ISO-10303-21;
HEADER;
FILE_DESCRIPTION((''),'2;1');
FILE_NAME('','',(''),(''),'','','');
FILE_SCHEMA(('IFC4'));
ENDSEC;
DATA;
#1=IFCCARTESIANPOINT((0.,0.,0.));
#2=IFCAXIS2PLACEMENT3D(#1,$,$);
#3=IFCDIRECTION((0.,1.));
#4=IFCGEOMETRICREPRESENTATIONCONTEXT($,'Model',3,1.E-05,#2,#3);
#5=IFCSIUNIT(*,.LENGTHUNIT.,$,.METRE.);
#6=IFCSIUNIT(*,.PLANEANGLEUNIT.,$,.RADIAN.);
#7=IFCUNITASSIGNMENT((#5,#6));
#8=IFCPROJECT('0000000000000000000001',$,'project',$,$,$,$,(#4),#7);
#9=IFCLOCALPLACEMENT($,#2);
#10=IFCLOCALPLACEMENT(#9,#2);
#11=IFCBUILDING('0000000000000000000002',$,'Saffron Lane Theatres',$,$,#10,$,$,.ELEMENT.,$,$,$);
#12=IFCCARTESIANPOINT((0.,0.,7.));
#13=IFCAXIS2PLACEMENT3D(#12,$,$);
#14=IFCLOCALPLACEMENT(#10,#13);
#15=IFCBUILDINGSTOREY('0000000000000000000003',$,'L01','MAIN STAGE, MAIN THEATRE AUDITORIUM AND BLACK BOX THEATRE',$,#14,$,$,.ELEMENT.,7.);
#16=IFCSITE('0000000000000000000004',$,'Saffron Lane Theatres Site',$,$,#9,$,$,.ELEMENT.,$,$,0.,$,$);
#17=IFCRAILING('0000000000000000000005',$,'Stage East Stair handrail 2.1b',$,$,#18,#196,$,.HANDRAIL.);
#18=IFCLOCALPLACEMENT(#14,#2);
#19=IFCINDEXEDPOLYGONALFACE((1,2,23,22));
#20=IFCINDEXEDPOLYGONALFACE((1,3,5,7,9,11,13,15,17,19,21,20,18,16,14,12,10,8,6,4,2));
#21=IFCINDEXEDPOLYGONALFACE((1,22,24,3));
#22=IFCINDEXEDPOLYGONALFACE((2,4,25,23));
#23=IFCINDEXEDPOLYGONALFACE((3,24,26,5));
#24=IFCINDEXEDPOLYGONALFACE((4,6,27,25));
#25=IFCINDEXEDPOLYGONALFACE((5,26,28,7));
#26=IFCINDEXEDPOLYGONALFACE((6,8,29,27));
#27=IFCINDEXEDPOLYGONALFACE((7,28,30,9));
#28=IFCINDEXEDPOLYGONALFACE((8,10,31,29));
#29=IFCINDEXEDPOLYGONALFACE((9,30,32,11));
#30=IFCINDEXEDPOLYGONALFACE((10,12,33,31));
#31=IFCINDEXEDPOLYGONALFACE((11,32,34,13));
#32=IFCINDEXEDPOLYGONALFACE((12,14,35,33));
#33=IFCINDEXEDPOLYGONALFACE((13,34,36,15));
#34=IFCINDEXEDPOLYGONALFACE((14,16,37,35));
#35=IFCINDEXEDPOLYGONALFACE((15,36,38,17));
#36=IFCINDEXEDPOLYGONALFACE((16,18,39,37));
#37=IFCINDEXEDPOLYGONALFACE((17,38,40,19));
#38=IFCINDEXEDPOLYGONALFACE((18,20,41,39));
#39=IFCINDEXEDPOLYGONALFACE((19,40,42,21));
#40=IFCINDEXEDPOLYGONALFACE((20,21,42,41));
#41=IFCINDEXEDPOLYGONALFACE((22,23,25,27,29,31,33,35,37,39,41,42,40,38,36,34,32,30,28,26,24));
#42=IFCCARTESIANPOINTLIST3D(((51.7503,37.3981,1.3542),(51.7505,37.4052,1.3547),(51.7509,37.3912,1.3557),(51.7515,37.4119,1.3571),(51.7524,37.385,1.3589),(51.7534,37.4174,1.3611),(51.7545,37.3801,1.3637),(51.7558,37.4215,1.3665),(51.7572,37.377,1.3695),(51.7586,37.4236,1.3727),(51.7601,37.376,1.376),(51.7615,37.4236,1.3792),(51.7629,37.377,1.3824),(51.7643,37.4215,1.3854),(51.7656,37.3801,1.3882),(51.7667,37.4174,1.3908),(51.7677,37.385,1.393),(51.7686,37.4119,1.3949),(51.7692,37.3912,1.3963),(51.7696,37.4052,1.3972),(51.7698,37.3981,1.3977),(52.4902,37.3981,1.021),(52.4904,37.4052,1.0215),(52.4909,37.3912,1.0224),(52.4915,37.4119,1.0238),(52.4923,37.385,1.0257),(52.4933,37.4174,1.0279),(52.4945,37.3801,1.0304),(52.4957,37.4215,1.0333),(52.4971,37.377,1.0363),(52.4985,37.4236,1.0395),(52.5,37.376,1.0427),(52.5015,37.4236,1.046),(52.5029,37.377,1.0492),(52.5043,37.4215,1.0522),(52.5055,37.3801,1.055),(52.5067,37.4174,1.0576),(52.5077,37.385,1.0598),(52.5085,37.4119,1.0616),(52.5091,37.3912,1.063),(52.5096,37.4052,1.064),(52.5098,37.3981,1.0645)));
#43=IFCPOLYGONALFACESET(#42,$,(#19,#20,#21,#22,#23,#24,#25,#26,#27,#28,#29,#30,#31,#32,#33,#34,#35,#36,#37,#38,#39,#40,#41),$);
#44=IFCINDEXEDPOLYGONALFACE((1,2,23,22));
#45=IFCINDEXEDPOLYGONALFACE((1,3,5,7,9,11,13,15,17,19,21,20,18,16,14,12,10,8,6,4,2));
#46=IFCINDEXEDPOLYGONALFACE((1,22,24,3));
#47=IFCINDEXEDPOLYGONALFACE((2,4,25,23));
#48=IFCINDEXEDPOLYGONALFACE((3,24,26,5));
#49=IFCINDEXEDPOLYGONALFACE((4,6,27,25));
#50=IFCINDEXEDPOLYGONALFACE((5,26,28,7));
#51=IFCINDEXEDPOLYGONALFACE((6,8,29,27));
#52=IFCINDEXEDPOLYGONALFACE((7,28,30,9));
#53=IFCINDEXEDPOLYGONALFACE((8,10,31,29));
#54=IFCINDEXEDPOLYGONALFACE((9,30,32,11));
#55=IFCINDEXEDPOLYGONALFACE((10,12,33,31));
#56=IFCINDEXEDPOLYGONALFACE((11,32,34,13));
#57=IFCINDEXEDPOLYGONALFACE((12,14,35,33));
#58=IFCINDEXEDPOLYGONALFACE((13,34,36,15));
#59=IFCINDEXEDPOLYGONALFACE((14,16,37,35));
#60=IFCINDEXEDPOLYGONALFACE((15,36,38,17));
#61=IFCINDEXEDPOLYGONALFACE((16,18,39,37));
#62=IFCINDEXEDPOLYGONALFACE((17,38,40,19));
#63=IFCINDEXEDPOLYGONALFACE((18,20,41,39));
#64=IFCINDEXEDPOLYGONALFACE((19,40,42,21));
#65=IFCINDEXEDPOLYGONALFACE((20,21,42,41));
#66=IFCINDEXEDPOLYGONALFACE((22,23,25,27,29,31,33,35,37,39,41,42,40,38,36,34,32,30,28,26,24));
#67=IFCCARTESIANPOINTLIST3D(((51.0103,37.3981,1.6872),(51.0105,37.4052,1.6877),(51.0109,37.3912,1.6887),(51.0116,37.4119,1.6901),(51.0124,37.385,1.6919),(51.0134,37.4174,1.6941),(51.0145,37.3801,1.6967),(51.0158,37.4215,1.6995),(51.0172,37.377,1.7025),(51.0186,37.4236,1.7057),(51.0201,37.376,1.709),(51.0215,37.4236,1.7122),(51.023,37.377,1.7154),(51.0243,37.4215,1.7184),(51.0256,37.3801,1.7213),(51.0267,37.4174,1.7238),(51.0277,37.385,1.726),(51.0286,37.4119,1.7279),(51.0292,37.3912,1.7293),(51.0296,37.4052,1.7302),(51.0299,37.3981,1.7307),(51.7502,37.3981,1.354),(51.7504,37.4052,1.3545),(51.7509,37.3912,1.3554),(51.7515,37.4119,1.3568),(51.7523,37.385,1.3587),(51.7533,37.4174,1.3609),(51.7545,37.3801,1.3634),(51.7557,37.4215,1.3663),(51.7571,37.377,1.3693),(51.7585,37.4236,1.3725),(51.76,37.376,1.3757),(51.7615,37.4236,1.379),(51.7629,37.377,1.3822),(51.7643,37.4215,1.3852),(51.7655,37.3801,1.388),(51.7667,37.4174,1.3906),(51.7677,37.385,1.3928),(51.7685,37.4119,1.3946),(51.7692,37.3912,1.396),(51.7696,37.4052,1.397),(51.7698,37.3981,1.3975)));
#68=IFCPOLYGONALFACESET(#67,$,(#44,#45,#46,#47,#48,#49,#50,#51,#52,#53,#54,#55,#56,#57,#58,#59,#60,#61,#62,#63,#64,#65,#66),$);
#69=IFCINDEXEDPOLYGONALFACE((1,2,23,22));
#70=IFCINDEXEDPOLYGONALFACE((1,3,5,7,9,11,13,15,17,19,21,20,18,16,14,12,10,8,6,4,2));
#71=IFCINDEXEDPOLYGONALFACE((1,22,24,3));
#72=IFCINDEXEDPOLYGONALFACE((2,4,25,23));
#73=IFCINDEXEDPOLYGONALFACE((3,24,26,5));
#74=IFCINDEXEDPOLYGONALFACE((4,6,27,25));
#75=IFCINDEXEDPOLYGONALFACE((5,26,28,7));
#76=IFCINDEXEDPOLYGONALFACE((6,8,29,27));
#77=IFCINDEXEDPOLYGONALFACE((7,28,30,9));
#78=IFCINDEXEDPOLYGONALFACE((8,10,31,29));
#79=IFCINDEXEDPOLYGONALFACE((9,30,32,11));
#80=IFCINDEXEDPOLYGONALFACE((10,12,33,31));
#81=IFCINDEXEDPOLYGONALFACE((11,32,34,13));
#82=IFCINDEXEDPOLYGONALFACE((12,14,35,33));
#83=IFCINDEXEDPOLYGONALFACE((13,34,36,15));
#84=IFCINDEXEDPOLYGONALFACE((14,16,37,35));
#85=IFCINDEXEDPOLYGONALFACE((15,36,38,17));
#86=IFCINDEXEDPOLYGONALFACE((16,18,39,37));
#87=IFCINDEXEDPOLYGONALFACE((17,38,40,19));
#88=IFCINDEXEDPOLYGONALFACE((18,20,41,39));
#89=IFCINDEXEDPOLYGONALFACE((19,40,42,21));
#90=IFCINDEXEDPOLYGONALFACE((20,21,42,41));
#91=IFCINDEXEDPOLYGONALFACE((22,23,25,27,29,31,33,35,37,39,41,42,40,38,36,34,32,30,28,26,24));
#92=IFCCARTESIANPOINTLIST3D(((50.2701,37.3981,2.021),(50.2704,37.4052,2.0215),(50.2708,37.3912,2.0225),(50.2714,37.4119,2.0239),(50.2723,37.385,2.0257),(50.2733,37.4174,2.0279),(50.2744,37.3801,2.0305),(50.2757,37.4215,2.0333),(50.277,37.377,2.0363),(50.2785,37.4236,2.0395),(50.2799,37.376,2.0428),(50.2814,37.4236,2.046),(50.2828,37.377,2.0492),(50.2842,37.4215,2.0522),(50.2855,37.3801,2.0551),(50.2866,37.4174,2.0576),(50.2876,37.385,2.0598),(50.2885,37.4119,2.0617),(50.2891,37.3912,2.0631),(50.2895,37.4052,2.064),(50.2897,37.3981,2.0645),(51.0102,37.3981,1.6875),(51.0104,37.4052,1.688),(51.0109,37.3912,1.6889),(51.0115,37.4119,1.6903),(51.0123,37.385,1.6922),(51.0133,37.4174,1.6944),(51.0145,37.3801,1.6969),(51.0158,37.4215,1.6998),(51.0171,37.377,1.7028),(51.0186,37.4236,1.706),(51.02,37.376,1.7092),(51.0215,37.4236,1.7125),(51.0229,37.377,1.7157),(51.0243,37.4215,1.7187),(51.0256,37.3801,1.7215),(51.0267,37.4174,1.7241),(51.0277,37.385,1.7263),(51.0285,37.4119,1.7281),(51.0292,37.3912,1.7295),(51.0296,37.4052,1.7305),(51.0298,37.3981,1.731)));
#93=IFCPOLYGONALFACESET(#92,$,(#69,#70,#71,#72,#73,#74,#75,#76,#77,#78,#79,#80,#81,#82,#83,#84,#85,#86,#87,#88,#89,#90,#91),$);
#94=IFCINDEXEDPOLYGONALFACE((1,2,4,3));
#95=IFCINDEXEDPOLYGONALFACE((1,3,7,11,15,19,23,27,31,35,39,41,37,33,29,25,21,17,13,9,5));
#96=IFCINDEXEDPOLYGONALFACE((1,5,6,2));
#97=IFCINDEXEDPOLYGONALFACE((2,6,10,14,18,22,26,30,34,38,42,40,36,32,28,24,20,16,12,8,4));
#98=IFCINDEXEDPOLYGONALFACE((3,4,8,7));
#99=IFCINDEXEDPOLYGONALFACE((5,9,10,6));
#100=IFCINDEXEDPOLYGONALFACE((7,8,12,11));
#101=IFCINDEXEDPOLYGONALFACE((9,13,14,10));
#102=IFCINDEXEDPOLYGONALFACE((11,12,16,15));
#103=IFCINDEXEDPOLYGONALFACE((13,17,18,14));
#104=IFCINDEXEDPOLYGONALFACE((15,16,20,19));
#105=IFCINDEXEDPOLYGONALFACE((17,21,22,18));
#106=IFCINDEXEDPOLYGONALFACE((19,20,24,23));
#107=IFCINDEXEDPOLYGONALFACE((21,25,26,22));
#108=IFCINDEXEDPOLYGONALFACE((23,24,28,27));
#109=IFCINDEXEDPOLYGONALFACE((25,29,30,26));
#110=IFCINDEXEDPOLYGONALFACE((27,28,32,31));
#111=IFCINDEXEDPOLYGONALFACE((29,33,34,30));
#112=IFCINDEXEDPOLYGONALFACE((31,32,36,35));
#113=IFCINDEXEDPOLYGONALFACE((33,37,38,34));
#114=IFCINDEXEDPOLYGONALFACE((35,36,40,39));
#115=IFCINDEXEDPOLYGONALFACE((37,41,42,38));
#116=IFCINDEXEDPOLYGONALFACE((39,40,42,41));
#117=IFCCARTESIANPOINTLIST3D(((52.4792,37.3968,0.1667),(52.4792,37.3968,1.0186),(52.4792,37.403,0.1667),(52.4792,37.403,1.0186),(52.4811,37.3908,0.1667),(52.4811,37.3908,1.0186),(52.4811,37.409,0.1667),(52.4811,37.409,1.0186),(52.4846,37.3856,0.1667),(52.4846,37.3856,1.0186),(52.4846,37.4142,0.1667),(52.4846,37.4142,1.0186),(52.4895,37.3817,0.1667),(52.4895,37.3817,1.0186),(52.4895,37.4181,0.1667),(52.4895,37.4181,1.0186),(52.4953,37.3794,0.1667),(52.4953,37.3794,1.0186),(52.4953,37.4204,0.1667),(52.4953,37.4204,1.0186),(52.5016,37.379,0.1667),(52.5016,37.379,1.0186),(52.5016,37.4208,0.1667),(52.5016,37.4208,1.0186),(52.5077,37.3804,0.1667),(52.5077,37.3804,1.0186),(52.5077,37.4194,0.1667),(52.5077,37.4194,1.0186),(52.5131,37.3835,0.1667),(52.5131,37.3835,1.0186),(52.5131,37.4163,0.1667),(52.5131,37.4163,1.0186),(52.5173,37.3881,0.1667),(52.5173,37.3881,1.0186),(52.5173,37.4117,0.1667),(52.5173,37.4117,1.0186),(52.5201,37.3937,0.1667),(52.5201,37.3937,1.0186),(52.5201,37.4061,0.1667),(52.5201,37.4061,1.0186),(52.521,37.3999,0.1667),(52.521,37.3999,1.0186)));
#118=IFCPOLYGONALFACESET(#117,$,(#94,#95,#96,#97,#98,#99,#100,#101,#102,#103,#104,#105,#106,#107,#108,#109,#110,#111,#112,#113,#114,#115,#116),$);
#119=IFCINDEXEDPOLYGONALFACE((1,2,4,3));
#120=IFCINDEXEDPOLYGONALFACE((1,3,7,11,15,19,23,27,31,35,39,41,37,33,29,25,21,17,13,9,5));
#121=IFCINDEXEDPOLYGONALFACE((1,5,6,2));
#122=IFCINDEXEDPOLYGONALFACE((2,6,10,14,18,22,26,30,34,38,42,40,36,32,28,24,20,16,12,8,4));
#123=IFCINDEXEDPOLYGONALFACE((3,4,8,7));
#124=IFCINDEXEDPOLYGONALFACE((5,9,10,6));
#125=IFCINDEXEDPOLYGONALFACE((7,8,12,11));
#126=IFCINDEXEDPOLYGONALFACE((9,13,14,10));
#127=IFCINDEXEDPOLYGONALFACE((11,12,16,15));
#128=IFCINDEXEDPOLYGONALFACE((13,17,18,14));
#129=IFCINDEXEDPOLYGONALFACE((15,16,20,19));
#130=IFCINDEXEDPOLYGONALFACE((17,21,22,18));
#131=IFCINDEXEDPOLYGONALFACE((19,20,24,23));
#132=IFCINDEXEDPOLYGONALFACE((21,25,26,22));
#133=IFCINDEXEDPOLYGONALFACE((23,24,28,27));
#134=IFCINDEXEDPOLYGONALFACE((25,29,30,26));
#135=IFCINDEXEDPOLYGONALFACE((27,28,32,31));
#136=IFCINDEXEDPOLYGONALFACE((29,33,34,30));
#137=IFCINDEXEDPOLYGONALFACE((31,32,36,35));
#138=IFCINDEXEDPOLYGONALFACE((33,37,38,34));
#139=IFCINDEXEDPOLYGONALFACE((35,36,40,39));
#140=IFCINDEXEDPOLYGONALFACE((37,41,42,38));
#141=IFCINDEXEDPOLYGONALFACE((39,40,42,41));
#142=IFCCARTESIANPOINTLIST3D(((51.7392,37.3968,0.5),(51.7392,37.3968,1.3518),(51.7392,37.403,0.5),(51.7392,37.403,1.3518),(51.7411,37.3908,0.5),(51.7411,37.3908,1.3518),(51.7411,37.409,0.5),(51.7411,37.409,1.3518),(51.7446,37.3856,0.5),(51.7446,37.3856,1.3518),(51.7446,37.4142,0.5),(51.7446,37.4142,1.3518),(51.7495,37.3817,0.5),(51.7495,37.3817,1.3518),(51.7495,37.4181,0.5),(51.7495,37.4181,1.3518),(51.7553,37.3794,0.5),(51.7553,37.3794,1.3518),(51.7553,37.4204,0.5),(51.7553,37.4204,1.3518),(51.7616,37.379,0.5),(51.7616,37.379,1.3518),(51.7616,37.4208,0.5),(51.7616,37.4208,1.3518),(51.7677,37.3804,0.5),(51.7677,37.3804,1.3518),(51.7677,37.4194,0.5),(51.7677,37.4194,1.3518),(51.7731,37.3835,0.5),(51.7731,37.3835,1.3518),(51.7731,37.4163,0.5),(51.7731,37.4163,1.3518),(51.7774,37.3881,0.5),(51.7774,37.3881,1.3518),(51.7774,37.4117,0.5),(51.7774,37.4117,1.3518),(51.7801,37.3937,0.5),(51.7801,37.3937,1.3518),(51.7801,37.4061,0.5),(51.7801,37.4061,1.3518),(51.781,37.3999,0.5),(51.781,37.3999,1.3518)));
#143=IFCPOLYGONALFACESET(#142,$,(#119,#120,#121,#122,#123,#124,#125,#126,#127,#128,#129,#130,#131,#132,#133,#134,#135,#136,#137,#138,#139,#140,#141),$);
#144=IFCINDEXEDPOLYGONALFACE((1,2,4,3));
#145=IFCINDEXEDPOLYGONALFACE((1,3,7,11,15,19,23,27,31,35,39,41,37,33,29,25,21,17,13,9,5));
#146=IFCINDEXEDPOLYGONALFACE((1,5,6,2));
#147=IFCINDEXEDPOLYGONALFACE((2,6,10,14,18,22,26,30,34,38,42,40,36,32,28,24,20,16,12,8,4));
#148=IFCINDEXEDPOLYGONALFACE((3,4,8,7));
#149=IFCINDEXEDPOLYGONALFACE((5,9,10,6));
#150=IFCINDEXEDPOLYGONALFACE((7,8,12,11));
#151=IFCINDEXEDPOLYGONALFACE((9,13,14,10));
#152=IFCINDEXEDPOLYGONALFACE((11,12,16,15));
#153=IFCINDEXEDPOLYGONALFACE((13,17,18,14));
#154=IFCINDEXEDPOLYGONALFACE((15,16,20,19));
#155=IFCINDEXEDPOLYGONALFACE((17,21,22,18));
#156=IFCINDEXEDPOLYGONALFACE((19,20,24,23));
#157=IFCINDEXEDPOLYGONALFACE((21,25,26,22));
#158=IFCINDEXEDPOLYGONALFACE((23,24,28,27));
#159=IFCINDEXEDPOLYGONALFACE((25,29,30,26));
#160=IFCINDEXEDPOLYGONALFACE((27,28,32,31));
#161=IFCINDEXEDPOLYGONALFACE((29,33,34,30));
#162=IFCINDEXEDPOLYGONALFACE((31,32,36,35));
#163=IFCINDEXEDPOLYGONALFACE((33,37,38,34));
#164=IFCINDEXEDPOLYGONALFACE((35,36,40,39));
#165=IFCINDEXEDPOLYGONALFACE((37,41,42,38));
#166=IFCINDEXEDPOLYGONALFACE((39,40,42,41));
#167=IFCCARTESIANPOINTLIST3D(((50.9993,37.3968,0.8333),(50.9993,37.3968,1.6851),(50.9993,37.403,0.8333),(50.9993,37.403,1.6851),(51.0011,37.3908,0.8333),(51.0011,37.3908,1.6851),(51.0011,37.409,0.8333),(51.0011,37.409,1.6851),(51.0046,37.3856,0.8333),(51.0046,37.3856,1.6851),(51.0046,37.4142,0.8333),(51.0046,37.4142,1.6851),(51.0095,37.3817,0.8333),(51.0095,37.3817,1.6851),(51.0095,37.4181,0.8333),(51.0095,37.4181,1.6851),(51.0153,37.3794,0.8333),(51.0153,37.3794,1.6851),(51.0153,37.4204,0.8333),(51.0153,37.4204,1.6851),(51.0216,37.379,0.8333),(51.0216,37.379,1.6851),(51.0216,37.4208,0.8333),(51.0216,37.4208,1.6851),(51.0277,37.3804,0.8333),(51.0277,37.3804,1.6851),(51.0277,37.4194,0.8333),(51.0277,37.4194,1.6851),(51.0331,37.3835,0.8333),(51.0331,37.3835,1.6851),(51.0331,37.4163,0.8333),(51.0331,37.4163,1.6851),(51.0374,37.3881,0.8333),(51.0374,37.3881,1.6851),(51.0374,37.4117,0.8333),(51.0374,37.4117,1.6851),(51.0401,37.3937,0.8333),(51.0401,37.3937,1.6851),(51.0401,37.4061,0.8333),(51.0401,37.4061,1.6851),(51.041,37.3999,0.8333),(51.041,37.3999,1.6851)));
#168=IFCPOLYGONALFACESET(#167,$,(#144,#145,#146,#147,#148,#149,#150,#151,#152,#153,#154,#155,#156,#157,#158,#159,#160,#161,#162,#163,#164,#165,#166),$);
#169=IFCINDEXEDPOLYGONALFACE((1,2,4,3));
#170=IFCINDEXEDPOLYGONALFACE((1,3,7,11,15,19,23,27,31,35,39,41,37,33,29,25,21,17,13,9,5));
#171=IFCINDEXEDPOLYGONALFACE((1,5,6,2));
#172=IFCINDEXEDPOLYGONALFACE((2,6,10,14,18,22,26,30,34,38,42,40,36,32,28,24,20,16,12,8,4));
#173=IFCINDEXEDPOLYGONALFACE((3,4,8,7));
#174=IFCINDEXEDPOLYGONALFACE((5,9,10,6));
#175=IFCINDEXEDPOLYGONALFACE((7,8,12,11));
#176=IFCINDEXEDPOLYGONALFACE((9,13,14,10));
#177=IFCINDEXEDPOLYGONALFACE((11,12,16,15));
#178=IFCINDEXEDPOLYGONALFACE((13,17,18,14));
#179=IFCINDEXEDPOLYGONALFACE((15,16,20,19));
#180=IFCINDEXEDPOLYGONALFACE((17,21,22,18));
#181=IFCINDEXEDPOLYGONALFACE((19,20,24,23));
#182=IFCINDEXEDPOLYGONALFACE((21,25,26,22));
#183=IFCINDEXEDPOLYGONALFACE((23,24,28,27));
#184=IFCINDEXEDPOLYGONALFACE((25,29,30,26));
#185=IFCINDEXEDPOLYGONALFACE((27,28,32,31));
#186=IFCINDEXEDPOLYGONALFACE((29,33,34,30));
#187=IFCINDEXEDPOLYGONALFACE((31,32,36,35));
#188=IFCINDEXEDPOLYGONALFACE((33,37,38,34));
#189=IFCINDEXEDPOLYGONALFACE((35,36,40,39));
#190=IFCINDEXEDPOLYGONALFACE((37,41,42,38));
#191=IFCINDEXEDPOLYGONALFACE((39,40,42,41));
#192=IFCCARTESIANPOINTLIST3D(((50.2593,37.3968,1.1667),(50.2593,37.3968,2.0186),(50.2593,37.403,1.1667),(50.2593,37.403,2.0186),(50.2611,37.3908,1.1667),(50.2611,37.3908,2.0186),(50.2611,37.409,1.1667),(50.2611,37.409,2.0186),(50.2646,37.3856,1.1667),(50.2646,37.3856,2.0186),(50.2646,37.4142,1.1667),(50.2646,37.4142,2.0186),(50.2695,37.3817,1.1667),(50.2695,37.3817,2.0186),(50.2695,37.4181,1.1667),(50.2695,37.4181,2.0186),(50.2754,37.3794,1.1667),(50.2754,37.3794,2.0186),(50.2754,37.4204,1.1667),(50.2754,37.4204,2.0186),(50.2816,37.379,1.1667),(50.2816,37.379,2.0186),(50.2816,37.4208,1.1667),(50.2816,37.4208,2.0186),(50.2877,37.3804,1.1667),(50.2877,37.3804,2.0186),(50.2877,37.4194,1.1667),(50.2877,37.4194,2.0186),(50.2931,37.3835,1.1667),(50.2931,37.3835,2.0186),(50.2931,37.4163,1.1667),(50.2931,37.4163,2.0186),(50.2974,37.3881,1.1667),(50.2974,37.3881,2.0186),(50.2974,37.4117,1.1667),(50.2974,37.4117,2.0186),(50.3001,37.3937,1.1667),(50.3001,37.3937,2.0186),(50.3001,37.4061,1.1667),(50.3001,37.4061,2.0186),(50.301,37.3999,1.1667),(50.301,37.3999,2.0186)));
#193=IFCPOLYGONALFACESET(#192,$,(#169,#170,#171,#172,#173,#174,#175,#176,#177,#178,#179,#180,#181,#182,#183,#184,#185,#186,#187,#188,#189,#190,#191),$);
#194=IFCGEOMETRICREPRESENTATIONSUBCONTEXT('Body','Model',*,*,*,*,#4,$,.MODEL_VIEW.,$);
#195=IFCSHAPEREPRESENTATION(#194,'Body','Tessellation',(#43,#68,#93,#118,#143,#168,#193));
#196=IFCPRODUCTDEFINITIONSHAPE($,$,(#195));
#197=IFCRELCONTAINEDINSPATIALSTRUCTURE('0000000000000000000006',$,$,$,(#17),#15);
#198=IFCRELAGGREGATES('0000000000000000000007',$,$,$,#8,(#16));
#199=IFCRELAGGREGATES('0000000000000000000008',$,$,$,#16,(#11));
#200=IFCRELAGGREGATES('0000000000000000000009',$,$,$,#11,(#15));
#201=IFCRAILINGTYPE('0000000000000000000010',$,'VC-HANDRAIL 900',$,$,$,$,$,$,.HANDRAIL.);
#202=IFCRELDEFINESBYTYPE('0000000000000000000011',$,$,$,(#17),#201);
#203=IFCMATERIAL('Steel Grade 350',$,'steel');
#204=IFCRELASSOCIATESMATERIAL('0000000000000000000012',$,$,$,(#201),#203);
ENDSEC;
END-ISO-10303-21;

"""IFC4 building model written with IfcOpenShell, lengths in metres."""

from ifc_helpers import new_model, si_unit, direction, frame, origin, origin_2d, place, context, subcontext, project, spatial, circle, extrude, material, type_object, element, save


model = new_model("IFC4")

# Units and contexts
model_context = context("Model", 3, precision=1e-05, world=origin(), true_north=direction((0.0, 1.0)))
body_context = subcontext(model_context, "Body", "Model", "MODEL_VIEW")
ifc_project = project(units=[si_unit("LENGTHUNIT", "METRE"), si_unit("PLANEANGLEUNIT", "RADIAN")], contexts=[model_context])

# Site, building, storey
site_placement = place(None, origin())
site = spatial("IfcSite", under=ifc_project, at=site_placement, Name="Saffron Lane Theatres Site", CompositionType="ELEMENT", RefElevation=0.0)
building_placement = place(site_placement, origin())
building = spatial("IfcBuilding", under=site, at=building_placement, Name="Saffron Lane Theatres", CompositionType="ELEMENT")
storey_placement = place(building_placement, frame((0.0, 0.0, 7.0)))
storey = spatial("IfcBuildingStorey", under=building, at=storey_placement, Name="L01", Description="MAIN STAGE, MAIN THEATRE AUDITORIUM AND BLACK BOX THEATRE", CompositionType="ELEMENT", Elevation=7.0)

# Railing
ifc_material_1 = material(Name="Steel Grade 350", Category="steel")
railing_type_1 = type_object("IfcRailingType", Name="VC-HANDRAIL 900", PredefinedType="HANDRAIL", material=ifc_material_1)
for number, where, name in (
    (1, (52.5, 37.3999, 0.1667), "Stage East Stair handrail 2.1b"),
):
    element("IfcRailing", number, at=place(storey_placement, frame(where)), inside=storey, type_object=railing_type_1, Name=name, PredefinedType="HANDRAIL", context=body_context, shape_type="SweptSolid", body=[
        extrude(circle(Radius=0.0239, at=origin_2d()), frame((0.0, 0.0, 0.876), z_axis=(-0.911803, 0.0, 0.410627), x_axis=(0.0, -1.0, 0.0)), (0.0, 0.0, 1.0), 0.8115),
        extrude(circle(Radius=0.0239, at=origin_2d()), frame((-0.74, 0.0, 1.209), z_axis=(-0.911803, 0.0, 0.410627), x_axis=(0.0, -1.0, 0.0)), (0.0, 0.0, 1.0), 0.8115),
        extrude(circle(Radius=0.0239, at=origin_2d()), frame((-1.48, 0.0, 1.5425), z_axis=(-0.911691, 0.0, 0.410877), x_axis=(0.0, -1.0, 0.0)), (0.0, 0.0, 1.0), 0.8118),
        extrude(circle(Radius=0.021, at=origin_2d()), origin(), (0.0, 0.0, 1.0), 0.8518),
        extrude(circle(Radius=0.021, at=origin_2d()), frame((-0.74, 0.0, 0.3333)), (0.0, 0.0, 1.0), 0.8518),
        extrude(circle(Radius=0.021, at=origin_2d()), frame((-1.48, 0.0, 0.6665)), (0.0, 0.0, 1.0), 0.8518),
        extrude(circle(Radius=0.021, at=origin_2d()), frame((-2.22, 0.0, 1.0)), (0.0, 0.0, 1.0), 0.8518),
    ])

save(model, "model.ifc")
